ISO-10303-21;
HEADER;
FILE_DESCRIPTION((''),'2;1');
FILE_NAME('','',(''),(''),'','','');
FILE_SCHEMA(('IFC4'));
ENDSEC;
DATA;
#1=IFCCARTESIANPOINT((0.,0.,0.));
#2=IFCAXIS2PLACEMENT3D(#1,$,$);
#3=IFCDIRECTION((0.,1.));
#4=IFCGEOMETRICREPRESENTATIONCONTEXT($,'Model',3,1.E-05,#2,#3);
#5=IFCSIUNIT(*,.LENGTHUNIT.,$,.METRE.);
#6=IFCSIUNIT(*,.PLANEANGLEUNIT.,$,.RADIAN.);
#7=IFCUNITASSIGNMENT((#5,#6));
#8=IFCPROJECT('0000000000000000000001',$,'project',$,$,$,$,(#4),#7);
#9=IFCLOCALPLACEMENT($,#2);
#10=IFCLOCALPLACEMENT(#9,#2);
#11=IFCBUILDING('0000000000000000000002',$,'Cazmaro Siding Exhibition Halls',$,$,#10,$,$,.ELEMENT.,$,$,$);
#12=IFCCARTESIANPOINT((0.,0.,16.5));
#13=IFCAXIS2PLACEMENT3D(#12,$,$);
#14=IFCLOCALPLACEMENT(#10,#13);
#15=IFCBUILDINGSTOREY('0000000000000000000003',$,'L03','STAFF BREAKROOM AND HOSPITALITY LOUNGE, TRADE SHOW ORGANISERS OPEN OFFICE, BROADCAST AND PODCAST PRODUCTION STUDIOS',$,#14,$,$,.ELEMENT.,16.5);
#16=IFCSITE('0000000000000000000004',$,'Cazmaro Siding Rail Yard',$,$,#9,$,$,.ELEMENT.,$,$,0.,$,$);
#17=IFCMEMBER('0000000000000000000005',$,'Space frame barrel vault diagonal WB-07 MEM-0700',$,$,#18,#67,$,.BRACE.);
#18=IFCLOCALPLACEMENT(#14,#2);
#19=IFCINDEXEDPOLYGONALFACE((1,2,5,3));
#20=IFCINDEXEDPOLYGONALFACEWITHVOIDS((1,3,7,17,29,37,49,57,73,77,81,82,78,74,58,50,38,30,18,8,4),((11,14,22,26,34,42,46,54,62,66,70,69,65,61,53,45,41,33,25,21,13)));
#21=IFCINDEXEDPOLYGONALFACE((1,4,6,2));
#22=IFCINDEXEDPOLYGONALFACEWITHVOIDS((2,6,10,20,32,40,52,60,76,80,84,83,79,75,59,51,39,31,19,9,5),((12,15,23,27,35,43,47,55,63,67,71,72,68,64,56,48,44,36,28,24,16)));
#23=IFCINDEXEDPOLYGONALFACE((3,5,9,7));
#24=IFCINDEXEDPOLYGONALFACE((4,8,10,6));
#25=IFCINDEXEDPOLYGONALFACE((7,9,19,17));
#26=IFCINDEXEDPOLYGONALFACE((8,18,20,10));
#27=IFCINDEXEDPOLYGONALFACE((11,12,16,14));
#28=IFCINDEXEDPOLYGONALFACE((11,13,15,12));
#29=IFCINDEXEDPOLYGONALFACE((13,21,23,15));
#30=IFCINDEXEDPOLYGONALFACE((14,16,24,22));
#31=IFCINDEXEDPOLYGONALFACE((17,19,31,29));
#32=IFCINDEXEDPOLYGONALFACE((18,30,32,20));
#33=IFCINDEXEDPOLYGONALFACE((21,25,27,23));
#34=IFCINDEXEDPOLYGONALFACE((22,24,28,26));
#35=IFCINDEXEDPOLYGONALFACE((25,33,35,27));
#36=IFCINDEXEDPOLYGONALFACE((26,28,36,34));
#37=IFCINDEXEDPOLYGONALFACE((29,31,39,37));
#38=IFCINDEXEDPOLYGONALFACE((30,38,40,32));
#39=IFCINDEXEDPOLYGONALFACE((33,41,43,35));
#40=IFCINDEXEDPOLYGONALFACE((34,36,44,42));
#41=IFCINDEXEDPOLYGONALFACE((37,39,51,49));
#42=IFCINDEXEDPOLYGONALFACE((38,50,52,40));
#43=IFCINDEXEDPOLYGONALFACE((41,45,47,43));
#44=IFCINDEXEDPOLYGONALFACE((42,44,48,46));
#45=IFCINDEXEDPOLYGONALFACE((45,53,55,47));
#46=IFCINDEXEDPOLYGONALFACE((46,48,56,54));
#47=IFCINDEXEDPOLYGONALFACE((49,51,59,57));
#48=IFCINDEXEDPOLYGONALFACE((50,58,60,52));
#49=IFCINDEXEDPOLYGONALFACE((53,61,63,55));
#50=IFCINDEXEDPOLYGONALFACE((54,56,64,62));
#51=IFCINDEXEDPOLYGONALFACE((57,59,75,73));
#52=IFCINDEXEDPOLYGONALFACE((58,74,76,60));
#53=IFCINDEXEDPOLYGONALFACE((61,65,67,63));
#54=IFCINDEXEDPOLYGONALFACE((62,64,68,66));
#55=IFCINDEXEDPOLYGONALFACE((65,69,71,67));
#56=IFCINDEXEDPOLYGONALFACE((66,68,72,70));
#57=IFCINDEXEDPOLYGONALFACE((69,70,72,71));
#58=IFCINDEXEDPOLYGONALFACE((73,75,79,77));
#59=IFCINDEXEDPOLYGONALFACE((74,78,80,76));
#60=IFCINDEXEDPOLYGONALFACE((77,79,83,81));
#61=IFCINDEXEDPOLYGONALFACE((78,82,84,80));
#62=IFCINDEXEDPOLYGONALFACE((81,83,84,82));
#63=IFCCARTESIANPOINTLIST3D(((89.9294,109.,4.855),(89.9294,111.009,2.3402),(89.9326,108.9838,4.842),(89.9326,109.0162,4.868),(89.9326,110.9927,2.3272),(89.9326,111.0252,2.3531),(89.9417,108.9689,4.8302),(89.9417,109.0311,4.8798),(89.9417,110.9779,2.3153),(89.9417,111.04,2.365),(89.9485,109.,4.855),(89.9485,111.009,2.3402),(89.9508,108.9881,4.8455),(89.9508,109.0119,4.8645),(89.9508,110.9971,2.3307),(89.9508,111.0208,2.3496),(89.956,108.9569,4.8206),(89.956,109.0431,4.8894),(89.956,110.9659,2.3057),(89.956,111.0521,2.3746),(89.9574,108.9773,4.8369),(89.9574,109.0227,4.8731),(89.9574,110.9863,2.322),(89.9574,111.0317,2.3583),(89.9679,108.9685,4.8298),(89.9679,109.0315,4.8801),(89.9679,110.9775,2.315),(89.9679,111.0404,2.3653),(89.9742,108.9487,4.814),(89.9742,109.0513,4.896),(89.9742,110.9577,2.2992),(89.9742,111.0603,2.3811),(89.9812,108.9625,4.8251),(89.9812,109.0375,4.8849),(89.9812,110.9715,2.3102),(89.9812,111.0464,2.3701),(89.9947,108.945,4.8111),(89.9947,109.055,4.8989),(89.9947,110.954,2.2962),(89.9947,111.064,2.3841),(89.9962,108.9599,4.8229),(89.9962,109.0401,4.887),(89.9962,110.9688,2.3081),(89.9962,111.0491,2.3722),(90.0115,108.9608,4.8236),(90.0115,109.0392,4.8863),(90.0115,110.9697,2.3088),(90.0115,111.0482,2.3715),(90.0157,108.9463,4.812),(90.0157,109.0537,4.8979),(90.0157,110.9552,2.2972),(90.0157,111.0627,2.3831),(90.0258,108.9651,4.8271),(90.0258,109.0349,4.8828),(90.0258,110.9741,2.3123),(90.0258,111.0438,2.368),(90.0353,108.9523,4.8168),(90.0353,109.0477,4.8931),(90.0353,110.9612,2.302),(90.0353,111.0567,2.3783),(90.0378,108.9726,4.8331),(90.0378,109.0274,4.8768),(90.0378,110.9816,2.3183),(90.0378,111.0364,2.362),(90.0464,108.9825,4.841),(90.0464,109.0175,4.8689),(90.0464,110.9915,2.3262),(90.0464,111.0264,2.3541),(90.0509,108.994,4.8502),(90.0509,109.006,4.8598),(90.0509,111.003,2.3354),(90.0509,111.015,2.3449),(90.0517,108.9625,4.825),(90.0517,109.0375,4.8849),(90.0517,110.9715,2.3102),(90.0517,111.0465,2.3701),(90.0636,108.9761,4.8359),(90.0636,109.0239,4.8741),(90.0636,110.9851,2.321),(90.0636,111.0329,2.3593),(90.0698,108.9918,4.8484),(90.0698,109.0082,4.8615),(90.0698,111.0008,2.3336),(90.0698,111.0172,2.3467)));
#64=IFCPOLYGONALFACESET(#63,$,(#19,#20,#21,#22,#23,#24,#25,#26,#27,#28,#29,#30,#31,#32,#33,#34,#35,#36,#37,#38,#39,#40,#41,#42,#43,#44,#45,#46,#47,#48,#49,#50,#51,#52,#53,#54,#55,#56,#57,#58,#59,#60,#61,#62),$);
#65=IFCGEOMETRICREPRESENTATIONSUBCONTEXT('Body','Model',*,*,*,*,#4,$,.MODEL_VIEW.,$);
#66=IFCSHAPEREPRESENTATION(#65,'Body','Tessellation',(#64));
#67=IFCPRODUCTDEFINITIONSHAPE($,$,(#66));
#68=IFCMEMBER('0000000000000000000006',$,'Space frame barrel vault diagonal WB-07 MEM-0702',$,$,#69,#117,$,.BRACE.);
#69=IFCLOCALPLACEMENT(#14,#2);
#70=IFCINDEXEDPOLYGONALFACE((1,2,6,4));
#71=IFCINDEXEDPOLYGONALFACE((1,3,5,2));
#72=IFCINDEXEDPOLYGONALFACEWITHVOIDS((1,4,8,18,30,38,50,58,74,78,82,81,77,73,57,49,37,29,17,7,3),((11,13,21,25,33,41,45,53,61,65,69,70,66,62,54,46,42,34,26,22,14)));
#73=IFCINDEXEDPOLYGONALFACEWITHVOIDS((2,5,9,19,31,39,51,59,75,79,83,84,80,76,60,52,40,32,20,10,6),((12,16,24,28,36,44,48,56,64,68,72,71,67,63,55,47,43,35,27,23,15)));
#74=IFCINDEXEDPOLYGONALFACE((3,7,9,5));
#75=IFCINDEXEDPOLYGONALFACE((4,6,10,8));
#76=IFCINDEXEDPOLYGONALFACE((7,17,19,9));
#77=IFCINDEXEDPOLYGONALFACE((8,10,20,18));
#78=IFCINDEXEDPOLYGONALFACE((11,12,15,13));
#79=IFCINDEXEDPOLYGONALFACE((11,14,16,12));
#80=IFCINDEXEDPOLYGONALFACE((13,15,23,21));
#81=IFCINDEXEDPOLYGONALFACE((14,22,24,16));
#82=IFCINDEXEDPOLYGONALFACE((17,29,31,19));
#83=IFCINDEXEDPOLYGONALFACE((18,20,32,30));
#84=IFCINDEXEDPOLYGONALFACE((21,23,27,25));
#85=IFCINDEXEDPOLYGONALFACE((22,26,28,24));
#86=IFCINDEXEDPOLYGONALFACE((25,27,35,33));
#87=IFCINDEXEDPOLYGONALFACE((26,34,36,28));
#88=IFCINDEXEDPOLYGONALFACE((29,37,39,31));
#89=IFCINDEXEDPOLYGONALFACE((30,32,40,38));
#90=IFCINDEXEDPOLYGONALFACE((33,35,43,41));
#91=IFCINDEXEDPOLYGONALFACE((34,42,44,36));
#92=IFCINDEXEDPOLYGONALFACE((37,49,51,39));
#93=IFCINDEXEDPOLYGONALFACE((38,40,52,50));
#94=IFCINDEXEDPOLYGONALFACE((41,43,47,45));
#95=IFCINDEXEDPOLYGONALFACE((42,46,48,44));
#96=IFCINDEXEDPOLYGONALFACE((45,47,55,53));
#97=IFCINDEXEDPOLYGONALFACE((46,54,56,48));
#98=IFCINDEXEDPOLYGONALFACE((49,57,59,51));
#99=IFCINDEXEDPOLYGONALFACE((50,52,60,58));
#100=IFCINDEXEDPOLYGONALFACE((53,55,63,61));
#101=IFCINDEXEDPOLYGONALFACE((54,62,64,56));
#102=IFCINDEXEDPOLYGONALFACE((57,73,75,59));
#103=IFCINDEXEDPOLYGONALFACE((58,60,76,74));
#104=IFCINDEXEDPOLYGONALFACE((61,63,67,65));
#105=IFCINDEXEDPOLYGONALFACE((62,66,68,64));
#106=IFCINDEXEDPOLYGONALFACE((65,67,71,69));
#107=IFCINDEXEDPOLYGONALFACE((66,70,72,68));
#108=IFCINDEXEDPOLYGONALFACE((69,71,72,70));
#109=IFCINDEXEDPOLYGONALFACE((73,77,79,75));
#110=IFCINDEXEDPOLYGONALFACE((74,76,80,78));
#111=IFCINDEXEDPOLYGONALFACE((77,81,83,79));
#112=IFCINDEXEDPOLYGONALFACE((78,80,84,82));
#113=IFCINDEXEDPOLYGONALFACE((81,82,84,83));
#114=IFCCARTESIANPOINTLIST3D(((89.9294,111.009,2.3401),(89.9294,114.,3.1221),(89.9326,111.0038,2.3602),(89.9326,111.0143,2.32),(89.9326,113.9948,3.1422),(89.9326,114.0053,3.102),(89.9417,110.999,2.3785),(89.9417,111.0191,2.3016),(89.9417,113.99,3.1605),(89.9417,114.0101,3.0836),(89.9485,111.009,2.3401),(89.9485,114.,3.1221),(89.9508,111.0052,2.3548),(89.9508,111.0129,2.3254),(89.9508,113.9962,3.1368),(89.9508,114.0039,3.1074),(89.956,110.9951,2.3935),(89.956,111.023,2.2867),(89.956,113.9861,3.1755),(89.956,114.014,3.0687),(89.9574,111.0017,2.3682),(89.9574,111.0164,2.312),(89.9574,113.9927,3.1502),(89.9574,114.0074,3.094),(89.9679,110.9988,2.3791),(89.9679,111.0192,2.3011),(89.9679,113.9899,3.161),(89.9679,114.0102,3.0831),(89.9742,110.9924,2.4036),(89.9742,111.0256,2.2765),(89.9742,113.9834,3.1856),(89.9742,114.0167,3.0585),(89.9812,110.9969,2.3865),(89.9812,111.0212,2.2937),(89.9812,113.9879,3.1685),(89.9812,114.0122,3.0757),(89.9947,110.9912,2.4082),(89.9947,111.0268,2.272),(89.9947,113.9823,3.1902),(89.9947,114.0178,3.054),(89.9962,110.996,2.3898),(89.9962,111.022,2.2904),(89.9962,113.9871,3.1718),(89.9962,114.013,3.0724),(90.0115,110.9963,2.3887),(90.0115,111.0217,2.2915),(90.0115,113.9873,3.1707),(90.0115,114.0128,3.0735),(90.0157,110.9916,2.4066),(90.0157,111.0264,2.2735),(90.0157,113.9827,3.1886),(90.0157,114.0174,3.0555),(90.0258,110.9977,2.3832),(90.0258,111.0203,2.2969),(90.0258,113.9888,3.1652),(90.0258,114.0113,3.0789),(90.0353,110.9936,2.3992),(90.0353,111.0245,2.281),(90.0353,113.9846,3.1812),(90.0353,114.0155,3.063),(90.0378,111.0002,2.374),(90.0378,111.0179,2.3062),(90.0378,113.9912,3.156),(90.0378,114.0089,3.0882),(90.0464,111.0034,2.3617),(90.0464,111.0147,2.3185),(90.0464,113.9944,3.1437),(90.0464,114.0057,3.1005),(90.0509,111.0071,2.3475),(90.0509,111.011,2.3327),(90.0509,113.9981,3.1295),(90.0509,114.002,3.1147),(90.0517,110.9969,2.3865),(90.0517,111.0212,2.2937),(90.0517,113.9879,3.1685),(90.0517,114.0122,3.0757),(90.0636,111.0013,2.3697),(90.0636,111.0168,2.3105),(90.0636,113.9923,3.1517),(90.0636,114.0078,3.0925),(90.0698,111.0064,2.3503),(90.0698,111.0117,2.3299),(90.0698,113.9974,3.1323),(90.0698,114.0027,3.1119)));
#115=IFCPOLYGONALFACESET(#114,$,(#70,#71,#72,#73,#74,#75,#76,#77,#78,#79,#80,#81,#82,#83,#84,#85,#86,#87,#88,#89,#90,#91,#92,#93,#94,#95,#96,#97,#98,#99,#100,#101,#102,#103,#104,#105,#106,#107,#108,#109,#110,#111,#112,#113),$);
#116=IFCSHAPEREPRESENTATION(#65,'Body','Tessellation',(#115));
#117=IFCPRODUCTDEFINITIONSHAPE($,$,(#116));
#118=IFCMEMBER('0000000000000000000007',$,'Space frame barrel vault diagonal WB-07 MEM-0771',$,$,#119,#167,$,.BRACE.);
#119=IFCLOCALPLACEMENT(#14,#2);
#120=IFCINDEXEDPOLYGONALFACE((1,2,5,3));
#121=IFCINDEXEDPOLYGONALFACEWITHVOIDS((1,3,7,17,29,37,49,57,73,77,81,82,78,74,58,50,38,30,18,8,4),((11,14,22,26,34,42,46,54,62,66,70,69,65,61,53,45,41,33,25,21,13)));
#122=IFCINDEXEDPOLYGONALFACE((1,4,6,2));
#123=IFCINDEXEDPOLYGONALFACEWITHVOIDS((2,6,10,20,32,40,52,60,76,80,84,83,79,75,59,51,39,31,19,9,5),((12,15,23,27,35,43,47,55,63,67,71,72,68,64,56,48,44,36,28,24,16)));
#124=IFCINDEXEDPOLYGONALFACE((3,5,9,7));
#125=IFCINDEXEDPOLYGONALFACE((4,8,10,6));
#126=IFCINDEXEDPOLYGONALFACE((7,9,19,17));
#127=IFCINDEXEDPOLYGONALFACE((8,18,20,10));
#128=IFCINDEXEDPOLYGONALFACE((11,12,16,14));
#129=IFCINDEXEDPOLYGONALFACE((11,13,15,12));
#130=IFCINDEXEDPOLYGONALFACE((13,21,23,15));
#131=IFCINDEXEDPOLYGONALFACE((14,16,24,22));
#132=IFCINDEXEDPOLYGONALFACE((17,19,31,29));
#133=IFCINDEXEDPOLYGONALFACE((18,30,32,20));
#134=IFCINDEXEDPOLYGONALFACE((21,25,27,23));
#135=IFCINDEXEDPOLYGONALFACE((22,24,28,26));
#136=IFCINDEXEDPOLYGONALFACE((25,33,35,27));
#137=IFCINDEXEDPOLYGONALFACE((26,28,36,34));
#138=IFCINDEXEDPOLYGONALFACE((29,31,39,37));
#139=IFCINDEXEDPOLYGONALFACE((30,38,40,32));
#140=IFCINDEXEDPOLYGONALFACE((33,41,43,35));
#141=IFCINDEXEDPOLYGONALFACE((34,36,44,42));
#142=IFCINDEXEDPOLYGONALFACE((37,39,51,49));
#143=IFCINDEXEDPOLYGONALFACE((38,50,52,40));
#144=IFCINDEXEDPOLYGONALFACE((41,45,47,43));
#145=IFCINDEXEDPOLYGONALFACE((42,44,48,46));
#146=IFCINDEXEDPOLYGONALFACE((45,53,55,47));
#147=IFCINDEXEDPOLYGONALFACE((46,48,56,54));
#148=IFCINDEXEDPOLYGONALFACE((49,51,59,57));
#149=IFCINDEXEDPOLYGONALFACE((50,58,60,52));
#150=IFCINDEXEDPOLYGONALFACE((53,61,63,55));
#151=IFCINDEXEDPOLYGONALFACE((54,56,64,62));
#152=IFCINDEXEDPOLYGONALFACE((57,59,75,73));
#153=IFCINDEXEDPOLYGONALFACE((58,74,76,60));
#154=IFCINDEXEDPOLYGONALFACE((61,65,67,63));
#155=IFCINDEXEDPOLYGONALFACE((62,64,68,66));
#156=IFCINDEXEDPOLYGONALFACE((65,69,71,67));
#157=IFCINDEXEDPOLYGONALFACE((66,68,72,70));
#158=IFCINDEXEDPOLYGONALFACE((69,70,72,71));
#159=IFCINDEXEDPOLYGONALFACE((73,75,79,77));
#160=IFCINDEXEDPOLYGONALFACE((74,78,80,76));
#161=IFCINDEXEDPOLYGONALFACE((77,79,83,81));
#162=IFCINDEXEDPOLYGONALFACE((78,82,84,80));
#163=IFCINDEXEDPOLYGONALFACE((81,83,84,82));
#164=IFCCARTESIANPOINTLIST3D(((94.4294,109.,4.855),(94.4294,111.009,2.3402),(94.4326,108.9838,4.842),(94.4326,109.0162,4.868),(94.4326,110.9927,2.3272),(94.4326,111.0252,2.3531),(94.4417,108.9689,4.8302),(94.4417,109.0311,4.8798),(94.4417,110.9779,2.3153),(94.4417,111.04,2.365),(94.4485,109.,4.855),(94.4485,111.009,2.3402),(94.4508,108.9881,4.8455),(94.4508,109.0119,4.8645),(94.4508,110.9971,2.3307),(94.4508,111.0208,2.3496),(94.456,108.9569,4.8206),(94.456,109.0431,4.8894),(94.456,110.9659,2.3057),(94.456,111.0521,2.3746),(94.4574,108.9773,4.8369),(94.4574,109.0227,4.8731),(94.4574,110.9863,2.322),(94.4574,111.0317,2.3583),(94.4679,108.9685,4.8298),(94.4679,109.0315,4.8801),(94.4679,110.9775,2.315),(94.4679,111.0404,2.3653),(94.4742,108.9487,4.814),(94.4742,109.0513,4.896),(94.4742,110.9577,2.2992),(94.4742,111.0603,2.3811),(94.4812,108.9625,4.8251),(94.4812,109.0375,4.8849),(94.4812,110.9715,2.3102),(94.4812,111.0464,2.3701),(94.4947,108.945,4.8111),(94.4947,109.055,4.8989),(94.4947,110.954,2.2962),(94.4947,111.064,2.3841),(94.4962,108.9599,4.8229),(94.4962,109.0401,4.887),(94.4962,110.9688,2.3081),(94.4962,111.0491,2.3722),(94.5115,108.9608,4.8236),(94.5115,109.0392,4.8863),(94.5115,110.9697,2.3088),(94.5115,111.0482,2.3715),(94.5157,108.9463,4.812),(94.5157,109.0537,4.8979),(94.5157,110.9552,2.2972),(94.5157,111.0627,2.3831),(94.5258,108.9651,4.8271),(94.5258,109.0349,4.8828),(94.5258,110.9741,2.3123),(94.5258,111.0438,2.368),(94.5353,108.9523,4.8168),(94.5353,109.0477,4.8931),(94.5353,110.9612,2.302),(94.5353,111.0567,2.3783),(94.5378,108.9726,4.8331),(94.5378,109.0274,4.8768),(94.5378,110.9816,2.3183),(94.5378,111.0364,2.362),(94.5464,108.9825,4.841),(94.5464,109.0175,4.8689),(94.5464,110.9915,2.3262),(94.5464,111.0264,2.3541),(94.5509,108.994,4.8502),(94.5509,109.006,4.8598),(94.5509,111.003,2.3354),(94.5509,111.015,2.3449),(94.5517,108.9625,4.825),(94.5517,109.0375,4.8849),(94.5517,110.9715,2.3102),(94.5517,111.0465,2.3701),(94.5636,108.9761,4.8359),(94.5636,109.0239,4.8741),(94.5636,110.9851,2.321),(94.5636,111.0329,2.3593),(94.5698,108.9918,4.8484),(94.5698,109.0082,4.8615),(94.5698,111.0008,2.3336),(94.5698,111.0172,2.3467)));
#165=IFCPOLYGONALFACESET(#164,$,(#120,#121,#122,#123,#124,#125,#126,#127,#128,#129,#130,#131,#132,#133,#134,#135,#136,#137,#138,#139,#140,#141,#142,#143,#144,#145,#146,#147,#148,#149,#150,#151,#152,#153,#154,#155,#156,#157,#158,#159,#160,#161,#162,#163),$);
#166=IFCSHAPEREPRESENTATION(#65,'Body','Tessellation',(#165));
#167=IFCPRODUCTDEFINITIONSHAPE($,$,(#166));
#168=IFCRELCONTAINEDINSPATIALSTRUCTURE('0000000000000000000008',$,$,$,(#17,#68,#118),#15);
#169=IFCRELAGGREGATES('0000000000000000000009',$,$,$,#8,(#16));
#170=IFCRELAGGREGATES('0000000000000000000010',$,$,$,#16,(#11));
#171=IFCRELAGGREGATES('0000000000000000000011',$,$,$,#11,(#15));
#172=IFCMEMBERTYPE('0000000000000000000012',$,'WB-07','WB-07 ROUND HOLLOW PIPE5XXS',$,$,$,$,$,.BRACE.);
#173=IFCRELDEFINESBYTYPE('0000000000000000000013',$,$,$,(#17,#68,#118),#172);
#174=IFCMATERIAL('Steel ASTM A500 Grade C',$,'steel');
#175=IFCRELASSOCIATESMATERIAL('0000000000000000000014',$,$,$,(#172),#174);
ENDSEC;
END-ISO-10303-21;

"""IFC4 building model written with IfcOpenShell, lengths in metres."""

from ifc_helpers import new_model, si_unit, direction, frame, origin, origin_2d, place, context, subcontext, project, spatial, hollow_circle, extrude, material, material_profile, profile_set, type_object, element, save


model = new_model("IFC4")

# Units and contexts
model_context = context("Model", 3, precision=1e-05, world=origin(), true_north=direction((0.0, 1.0)))
body_context = subcontext(model_context, "Body", "Model", "MODEL_VIEW")
ifc_project = project(units=[si_unit("LENGTHUNIT", "METRE"), si_unit("PLANEANGLEUNIT", "RADIAN")], contexts=[model_context])

# Site, building, storey
site_placement = place(None, origin())
site = spatial("IfcSite", under=ifc_project, at=site_placement, Name="Cazmaro Siding Rail Yard", CompositionType="ELEMENT", RefElevation=0.0)
building_placement = place(site_placement, origin())
building = spatial("IfcBuilding", under=site, at=building_placement, Name="Cazmaro Siding Exhibition Halls", CompositionType="ELEMENT")
storey_placement = place(building_placement, frame((0.0, 0.0, 16.5)))
storey = spatial("IfcBuildingStorey", under=building, at=storey_placement, Name="L03", Description="STAFF BREAKROOM AND HOSPITALITY LOUNGE, TRADE SHOW ORGANISERS OPEN OFFICE, BROADCAST AND PODCAST PRODUCTION STUDIOS", CompositionType="ELEMENT", Elevation=16.5)

# Members
ifc_material_1 = material(Name="Steel ASTM A500 Grade C", Category="steel")
ifc_material_profile_1 = material_profile(ifc_material_1, hollow_circle(Radius=0.0706, WallThickness=0.019, at=origin_2d()), Name="PIPE5XXS")
ifc_profile_set_1 = profile_set([ifc_material_profile_1], Name="Steel ASTM A500 Grade C")
member_type_1 = type_object("IfcMemberType", Name="WB-07", Description="WB-07 ROUND HOLLOW PIPE5XXS", PredefinedType="BRACE", material=ifc_profile_set_1)
member_1_placement = place(storey_placement, frame((90.0, 109.0, 4.855), z_axis=(0.0, 0.624149, -0.781305), x_axis=(-1.0, 0.0, 0.0)))
element("IfcMember", 1, at=member_1_placement, inside=storey, type_object=member_type_1, Name="Space frame barrel vault diagonal WB-07 MEM-0700", PredefinedType="BRACE", context=body_context, shape_type="SweptSolid", body=[
    extrude(hollow_circle(Radius=0.0706, WallThickness=0.019, at=origin_2d()), origin(), (0.0, 0.0, 1.0), 3.2188),
])
member_2_placement = place(storey_placement, frame((90.0, 111.009, 2.3401), z_axis=(0.0, 0.96748, 0.252946), x_axis=(-1.0, 0.0, 0.0)))
element("IfcMember", 2, at=member_2_placement, inside=storey, type_object=member_type_1, Name="Space frame barrel vault diagonal WB-07 MEM-0702", PredefinedType="BRACE", context=body_context, shape_type="SweptSolid", body=[
    extrude(hollow_circle(Radius=0.0706, WallThickness=0.019, at=origin_2d()), origin(), (0.0, 0.0, 1.0), 3.0916),
])
member_3_placement = place(storey_placement, frame((94.5, 109.0, 4.855), z_axis=(0.0, 0.624149, -0.781305), x_axis=(-1.0, 0.0, 0.0)))
element("IfcMember", 3, at=member_3_placement, inside=storey, type_object=member_type_1, Name="Space frame barrel vault diagonal WB-07 MEM-0771", PredefinedType="BRACE", context=body_context, shape_type="SweptSolid", body=[
    extrude(hollow_circle(Radius=0.0706, WallThickness=0.019, at=origin_2d()), origin(), (0.0, 0.0, 1.0), 3.2188),
])

save(model, "model.ifc")
